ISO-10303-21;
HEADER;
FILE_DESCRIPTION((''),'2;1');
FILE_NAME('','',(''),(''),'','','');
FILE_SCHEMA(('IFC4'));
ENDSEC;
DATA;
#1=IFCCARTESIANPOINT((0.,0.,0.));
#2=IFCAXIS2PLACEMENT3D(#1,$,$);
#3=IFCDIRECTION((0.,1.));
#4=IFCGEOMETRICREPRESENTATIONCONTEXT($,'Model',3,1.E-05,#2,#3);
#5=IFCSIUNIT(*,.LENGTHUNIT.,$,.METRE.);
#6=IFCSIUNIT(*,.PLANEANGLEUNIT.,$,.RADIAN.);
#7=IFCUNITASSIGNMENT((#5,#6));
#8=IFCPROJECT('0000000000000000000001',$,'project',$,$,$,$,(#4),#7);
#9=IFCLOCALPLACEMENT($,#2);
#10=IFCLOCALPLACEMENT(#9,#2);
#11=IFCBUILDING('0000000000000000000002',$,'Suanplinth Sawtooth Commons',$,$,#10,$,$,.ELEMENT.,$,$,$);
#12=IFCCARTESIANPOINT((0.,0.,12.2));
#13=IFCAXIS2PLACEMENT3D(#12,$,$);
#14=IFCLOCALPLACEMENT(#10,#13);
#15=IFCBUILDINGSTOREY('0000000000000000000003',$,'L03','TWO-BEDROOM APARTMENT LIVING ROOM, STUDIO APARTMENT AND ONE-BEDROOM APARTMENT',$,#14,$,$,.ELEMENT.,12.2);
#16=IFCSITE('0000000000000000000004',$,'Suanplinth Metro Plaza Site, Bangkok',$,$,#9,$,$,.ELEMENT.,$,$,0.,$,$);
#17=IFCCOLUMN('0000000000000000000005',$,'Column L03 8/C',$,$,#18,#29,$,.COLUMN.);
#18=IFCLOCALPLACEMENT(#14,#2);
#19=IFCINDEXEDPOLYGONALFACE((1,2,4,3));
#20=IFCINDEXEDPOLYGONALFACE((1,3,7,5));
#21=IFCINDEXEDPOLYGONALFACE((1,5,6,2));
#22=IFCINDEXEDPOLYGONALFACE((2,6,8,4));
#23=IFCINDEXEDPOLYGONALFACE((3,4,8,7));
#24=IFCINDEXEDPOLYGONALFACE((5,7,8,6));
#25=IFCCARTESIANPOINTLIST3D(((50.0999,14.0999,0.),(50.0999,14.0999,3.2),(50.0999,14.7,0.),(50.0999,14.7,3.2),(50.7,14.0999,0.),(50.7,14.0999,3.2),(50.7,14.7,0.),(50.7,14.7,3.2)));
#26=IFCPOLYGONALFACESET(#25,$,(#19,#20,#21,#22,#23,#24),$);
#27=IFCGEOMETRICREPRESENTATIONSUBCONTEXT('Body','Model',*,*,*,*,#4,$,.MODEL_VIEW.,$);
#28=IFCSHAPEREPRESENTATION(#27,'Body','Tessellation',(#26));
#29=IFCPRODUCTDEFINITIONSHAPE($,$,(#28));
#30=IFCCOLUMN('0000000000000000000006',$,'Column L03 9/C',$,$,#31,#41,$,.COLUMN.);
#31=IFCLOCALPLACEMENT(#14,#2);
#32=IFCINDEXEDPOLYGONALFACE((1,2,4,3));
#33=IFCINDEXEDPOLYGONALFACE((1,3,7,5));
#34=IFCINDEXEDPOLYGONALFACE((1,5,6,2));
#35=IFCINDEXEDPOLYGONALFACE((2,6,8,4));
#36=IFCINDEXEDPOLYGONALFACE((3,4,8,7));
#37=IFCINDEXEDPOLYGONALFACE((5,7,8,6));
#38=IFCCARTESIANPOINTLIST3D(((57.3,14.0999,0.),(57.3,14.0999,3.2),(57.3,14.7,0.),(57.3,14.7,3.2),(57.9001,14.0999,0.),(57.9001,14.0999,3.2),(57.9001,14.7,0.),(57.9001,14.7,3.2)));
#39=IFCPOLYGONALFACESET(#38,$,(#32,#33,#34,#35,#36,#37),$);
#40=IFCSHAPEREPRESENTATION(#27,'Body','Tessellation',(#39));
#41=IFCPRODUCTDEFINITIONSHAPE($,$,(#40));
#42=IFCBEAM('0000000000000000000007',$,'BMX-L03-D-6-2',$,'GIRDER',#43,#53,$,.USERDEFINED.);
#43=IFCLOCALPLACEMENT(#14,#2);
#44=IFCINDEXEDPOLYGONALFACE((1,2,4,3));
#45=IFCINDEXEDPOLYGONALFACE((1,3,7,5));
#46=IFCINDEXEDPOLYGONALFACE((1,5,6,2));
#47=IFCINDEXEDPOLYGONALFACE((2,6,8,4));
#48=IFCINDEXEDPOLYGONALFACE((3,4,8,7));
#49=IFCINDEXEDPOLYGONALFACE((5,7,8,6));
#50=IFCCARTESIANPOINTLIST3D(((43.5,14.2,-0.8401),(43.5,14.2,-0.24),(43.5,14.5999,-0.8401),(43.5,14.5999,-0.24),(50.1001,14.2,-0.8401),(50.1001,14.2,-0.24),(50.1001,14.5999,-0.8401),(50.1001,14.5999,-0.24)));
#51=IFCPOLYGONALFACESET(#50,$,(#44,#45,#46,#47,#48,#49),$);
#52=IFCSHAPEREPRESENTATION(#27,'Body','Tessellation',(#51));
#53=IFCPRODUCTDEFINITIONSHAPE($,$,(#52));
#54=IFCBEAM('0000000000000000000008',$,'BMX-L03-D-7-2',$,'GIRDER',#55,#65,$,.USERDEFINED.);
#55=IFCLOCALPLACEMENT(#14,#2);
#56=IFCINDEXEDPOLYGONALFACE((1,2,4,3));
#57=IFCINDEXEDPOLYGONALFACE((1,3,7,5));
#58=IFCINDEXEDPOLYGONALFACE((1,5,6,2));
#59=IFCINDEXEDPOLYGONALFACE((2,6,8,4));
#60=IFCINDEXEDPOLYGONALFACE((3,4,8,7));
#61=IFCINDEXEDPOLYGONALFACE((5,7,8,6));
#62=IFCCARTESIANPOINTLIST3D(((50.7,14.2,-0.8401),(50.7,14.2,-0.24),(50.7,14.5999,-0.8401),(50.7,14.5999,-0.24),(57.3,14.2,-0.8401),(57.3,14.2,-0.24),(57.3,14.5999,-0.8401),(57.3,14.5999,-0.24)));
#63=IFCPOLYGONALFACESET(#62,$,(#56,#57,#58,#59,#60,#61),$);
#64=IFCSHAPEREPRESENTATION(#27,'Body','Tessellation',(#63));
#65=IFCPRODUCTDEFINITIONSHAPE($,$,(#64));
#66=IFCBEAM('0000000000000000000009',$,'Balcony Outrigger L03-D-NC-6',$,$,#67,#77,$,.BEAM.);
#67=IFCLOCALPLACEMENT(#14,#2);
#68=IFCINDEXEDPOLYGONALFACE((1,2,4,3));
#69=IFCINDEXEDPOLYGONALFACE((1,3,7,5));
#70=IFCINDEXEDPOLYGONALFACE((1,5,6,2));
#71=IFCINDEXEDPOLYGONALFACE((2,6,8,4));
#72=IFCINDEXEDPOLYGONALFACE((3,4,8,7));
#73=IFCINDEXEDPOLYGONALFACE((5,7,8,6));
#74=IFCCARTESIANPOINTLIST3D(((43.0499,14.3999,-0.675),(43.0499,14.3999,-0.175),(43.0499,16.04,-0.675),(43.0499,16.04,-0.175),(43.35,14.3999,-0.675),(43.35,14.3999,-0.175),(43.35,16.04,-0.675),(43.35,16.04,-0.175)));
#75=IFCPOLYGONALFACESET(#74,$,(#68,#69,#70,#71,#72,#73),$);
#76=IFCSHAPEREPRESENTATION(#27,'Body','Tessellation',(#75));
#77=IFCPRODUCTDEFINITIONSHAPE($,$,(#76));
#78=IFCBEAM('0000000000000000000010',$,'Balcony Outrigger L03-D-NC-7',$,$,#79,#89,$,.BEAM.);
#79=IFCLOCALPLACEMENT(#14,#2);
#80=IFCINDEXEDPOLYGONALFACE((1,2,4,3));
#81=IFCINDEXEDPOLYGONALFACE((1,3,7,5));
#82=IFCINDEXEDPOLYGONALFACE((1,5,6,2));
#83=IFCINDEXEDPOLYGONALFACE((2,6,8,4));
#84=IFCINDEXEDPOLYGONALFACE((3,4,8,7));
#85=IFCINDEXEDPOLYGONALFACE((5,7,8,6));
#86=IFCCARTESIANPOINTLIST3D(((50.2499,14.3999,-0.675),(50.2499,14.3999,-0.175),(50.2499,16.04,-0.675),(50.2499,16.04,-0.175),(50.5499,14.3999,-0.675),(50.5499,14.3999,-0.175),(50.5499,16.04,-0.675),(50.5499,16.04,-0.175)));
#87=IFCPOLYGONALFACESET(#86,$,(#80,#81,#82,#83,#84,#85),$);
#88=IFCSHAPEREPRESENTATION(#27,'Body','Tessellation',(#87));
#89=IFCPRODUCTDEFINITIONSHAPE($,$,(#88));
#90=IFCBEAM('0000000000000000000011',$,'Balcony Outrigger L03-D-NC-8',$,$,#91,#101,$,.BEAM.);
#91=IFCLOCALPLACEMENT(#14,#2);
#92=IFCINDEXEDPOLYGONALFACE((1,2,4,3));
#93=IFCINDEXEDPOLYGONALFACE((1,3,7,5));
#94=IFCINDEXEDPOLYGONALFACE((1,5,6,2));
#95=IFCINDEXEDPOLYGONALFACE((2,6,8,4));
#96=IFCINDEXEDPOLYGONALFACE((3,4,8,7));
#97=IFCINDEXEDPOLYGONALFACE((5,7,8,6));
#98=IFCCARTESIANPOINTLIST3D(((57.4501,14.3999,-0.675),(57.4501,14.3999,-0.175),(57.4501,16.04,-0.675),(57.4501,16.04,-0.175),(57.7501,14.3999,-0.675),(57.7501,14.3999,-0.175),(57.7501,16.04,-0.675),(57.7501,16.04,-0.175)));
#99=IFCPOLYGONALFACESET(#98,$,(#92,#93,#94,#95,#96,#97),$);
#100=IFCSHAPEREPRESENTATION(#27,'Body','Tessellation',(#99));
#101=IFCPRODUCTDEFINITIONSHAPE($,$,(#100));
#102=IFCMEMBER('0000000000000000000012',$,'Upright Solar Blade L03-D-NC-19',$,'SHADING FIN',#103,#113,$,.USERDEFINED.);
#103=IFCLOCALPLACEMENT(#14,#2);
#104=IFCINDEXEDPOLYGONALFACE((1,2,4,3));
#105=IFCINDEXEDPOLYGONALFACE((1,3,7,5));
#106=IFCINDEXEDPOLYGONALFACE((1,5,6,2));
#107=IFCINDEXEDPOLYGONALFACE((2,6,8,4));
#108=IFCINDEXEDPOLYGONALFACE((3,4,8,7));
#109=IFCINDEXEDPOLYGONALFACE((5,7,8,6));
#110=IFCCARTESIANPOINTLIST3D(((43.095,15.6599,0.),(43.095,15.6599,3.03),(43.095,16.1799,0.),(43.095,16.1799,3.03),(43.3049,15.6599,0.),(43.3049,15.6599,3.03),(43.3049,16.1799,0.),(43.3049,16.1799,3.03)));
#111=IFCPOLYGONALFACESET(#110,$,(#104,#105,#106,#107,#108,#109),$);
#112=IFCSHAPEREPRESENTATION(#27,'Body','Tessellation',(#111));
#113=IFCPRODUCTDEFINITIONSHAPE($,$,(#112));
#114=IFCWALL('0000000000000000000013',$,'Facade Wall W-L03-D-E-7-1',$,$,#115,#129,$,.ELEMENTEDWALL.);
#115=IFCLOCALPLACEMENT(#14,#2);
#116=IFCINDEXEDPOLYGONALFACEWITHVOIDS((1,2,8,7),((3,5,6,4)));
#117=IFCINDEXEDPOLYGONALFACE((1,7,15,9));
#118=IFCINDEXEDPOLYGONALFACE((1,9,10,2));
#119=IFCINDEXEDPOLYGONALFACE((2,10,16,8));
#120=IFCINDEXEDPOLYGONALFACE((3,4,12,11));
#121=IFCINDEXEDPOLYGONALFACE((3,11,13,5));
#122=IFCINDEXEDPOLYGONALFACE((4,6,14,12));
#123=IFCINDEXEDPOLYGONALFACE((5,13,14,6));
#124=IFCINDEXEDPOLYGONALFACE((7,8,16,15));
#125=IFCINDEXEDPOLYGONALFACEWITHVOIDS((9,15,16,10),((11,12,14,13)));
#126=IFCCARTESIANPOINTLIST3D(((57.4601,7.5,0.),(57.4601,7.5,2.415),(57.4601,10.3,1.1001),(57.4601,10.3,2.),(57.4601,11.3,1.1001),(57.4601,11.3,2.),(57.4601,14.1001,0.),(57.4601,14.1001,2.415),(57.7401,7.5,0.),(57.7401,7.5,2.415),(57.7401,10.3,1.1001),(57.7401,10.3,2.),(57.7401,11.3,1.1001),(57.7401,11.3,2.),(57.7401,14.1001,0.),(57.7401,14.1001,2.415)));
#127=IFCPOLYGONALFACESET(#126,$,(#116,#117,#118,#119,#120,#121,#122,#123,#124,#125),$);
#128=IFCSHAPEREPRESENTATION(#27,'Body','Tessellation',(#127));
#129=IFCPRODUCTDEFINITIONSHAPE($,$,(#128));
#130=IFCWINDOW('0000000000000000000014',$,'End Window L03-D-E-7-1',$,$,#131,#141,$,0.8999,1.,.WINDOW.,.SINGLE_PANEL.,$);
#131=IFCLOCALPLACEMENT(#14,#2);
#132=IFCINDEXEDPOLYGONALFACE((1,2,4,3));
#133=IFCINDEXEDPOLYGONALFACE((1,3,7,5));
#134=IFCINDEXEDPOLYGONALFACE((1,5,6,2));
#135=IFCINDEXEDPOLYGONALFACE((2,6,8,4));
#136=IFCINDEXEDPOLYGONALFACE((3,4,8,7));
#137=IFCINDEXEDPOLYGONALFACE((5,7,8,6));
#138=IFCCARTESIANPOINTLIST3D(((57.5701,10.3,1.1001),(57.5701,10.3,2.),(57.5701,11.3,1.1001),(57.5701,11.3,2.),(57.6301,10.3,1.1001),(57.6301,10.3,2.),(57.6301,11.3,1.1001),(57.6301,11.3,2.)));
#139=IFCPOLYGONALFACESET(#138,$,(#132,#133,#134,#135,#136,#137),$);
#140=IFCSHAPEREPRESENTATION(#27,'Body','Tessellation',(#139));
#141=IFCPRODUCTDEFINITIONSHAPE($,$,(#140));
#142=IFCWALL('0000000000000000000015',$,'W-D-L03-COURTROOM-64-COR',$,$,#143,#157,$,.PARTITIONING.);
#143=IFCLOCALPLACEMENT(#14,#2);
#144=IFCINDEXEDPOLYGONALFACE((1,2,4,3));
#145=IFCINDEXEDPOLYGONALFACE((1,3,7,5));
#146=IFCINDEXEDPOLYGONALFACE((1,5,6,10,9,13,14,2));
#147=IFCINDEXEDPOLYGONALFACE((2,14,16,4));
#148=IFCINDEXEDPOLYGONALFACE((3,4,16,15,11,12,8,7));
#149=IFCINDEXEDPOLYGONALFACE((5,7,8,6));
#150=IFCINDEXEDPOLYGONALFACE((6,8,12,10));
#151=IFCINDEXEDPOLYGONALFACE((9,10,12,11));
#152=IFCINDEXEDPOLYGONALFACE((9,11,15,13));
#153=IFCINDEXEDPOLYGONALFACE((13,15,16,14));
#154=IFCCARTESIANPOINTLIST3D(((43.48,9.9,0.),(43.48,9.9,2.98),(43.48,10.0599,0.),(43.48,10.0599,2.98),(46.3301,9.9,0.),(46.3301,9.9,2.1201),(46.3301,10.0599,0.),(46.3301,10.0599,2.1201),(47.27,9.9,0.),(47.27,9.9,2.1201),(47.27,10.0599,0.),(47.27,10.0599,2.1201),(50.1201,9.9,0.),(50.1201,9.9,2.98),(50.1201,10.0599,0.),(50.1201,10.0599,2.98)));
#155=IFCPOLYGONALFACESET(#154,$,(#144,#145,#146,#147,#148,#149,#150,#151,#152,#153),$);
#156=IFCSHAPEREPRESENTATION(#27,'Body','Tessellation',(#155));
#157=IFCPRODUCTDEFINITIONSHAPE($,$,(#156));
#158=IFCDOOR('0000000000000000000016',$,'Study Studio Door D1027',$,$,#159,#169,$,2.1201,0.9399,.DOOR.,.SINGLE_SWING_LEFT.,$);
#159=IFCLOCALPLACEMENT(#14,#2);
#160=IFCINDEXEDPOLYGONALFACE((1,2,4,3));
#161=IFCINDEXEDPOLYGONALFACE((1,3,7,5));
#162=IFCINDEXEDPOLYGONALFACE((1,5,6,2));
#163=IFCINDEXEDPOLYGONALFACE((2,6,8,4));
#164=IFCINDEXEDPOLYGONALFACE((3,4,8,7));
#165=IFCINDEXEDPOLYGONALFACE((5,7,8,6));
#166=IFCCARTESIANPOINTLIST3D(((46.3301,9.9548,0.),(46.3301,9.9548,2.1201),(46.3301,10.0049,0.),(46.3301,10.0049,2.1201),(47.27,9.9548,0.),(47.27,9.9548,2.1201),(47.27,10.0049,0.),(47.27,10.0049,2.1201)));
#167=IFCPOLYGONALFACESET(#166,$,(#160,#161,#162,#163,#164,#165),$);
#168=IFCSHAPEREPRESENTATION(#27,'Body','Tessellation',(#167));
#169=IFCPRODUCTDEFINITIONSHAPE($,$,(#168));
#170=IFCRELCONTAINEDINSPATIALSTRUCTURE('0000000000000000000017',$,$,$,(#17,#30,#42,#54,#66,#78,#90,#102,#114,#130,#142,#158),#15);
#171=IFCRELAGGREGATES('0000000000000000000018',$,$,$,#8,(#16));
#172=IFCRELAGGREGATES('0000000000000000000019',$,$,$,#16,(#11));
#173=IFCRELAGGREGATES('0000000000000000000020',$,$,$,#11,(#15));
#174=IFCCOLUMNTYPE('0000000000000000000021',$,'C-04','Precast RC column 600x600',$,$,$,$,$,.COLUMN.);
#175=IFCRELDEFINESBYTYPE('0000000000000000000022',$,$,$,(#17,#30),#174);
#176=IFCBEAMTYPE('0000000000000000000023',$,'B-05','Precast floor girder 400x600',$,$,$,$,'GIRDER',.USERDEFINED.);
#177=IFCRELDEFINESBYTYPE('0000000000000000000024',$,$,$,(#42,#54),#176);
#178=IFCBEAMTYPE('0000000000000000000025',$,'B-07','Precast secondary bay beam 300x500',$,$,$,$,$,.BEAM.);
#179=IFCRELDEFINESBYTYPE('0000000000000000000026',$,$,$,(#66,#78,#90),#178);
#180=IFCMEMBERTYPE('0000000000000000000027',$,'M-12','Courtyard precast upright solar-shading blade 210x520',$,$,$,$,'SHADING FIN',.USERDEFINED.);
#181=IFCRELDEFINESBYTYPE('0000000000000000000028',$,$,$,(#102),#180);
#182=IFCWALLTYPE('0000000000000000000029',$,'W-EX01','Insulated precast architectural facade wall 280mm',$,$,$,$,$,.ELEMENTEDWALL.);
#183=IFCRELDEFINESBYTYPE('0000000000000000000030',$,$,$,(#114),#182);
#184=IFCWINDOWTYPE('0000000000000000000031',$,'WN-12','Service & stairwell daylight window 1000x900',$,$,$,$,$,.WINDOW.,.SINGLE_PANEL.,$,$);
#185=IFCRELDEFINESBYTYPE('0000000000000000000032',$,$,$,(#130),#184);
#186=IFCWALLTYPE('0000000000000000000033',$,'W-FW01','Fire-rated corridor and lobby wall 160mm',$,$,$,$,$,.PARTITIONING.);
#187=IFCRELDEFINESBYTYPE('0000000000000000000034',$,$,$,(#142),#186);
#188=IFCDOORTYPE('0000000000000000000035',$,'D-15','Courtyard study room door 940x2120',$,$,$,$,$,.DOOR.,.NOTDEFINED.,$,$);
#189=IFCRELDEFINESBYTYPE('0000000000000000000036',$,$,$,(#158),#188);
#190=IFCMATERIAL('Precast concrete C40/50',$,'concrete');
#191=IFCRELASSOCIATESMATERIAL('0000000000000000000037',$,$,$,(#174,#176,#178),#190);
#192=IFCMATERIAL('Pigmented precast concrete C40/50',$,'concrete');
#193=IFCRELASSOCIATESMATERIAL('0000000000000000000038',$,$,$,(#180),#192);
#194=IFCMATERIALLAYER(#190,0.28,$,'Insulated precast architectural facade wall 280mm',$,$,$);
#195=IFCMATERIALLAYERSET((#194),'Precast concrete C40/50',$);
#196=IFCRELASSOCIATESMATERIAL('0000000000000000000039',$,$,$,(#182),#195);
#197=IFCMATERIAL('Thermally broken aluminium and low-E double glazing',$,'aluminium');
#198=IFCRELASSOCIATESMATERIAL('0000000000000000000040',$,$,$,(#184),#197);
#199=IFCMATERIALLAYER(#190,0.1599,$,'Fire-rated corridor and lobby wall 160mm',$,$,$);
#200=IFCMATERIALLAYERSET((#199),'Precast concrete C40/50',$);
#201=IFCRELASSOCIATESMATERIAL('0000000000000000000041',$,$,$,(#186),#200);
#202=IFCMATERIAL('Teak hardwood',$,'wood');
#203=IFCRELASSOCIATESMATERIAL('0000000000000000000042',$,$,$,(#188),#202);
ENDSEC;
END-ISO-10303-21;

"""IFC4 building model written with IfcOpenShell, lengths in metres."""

from ifc_helpers import new_model, si_unit, direction, frame, frame_2d, origin, origin_2d, place, context, subcontext, project, spatial, rectangle, extrude, material, layer, layer_set, material_profile, profile_set, type_object, element, fill, save


model = new_model("IFC4")

# Units and contexts
model_context = context("Model", 3, precision=1e-05, world=origin(), true_north=direction((0.0, 1.0)))
body_context = subcontext(model_context, "Body", "Model", "MODEL_VIEW")
ifc_project = project(units=[si_unit("LENGTHUNIT", "METRE"), si_unit("PLANEANGLEUNIT", "RADIAN")], contexts=[model_context])

# Site, building, storey
site_placement = place(None, origin())
site = spatial("IfcSite", under=ifc_project, at=site_placement, Name="Suanplinth Metro Plaza Site, Bangkok", CompositionType="ELEMENT", RefElevation=0.0)
building_placement = place(site_placement, origin())
building = spatial("IfcBuilding", under=site, at=building_placement, Name="Suanplinth Sawtooth Commons", CompositionType="ELEMENT")
storey_placement = place(building_placement, frame((0.0, 0.0, 12.2)))
storey = spatial("IfcBuildingStorey", under=building, at=storey_placement, Name="L03", Description="TWO-BEDROOM APARTMENT LIVING ROOM, STUDIO APARTMENT AND ONE-BEDROOM APARTMENT", CompositionType="ELEMENT", Elevation=12.2)

# Columns
ifc_material_1 = material(Name="Precast concrete C40/50", Category="concrete")
ifc_material_profile_1 = material_profile(ifc_material_1, rectangle(XDim=0.6001, YDim=0.6001, at=origin_2d()), Name="PC-COL 600x600")
ifc_profile_set_1 = profile_set([ifc_material_profile_1], Name="Precast concrete C40/50")
column_type = type_object("IfcColumnType", Name="C-04", Description="Precast RC column 600x600", PredefinedType="COLUMN", material=ifc_profile_set_1)
for number, where, z_axis, x_axis, name in (
    (1, (50.3999, 14.3999, 0.0), (0.0, 0.0, 1.0), (1.0, 0.0, 0.0), "Column L03 8/C"),
    (2, (57.6001, 14.3999, 0.0), (0.0, 0.0, 1.0), (1.0, 0.0, 0.0), "Column L03 9/C"),
):
    element("IfcColumn", number, at=place(storey_placement, frame(where, z_axis=z_axis, x_axis=x_axis)), inside=storey, type_object=column_type, Name=name, PredefinedType="COLUMN", context=body_context, shape_type="SweptSolid", body=[
        extrude(rectangle(XDim=0.6001, YDim=0.6001, at=origin_2d()), origin(), (0.0, 0.0, 1.0), 3.2),
    ])

# Beams
ifc_material_profile_2 = material_profile(ifc_material_1, rectangle(XDim=0.3999, YDim=0.6001, at=origin_2d()), Name="PC-GDR 400x600")
ifc_profile_set_2 = profile_set([ifc_material_profile_2], Name="Precast concrete C40/50")
beam_type_1 = type_object("IfcBeamType", Name="B-05", Description="Precast floor girder 400x600", ElementType="GIRDER", PredefinedType="USERDEFINED", material=ifc_profile_set_2)
for number, where, z_axis, x_axis, name in (
    (3, (43.5, 14.3999, -0.54), (1.0, 0.0, 0.0), (0.0, 1.0, 0.0), "BMX-L03-D-6-2"),
    (4, (50.7, 14.3999, -0.54), (1.0, 0.0, 0.0), (0.0, 1.0, 0.0), "BMX-L03-D-7-2"),
):
    element("IfcBeam", number, at=place(storey_placement, frame(where, z_axis=z_axis, x_axis=x_axis)), inside=storey, type_object=beam_type_1, Name=name, ObjectType="GIRDER", PredefinedType="USERDEFINED", context=body_context, shape_type="SweptSolid", body=[
        extrude(rectangle(XDim=0.3999, YDim=0.6001, at=origin_2d()), origin(), (0.0, 0.0, 1.0), 6.6001),
    ])
ifc_material_profile_3 = material_profile(ifc_material_1, rectangle(XDim=0.3, YDim=0.5, at=origin_2d()), Name="PC-BM 300x500")
ifc_profile_set_3 = profile_set([ifc_material_profile_3], Name="Precast concrete C40/50")
beam_type_2 = type_object("IfcBeamType", Name="B-07", Description="Precast secondary bay beam 300x500", PredefinedType="BEAM", material=ifc_profile_set_3)
for number, where, z_axis, x_axis, name in (
    (5, (43.2, 14.3999, -0.425), (0.0, 1.0, 0.0), (-1.0, 0.0, 0.0), "Balcony Outrigger L03-D-NC-6"),
    (6, (50.3999, 14.3999, -0.425), (0.0, 1.0, 0.0), (-1.0, 0.0, 0.0), "Balcony Outrigger L03-D-NC-7"),
    (7, (57.6001, 14.3999, -0.425), (0.0, 1.0, 0.0), (-1.0, 0.0, 0.0), "Balcony Outrigger L03-D-NC-8"),
):
    element("IfcBeam", number, at=place(storey_placement, frame(where, z_axis=z_axis, x_axis=x_axis)), inside=storey, type_object=beam_type_2, Name=name, PredefinedType="BEAM", context=body_context, shape_type="SweptSolid", body=[
        extrude(rectangle(XDim=0.3, YDim=0.5, at=origin_2d()), origin(), (0.0, 0.0, 1.0), 1.6401),
    ])

# Member
ifc_material_2 = material(Name="Pigmented precast concrete C40/50", Category="concrete")
ifc_material_profile_4 = material_profile(ifc_material_2, rectangle(XDim=0.21, YDim=0.52, at=origin_2d()), Name="PC-FIN 210x520")
ifc_profile_set_4 = profile_set([ifc_material_profile_4], Name="Pigmented precast concrete C40/50")
member_type = type_object("IfcMemberType", Name="M-12", Description="Courtyard precast upright solar-shading blade 210x520", ElementType="SHADING FIN", PredefinedType="USERDEFINED", material=ifc_profile_set_4)
member_placement = place(storey_placement, frame((43.2, 15.9199, 0.0), z_axis=(0.0, 0.0, 1.0), x_axis=(1.0, 0.0, 0.0)))
element("IfcMember", 8, at=member_placement, inside=storey, type_object=member_type, Name="Upright Solar Blade L03-D-NC-19", ObjectType="SHADING FIN", PredefinedType="USERDEFINED", context=body_context, shape_type="SweptSolid", body=[
    extrude(rectangle(XDim=0.21, YDim=0.52, at=origin_2d()), origin(), (0.0, 0.0, 1.0), 3.03),
])

# Shared definitions
ifc_layer_1 = layer(ifc_material_1, 0.28, Name="Insulated precast architectural facade wall 280mm")
ifc_layer_set_1 = layer_set([ifc_layer_1], Name="Precast concrete C40/50")
wall_type_1 = type_object("IfcWallType", Name="W-EX01", Description="Insulated precast architectural facade wall 280mm", PredefinedType="ELEMENTEDWALL", material=ifc_layer_set_1)
ifc_material_3 = material(Name="Thermally broken aluminium and low-E double glazing", Category="aluminium")

# Wall, opening, window
wall_1_placement = place(storey_placement, frame((57.6001, 7.5, 0.0), z_axis=(0.0, 0.0, 1.0), x_axis=(0.0, 1.0, 0.0)))
wall_1 = element("IfcWall", 9, at=wall_1_placement, inside=storey, type_object=wall_type_1, Name="Facade Wall W-L03-D-E-7-1", PredefinedType="ELEMENTEDWALL", context=body_context, shape_type="SweptSolid", body=[
    extrude(rectangle(XDim=6.6001, YDim=0.28, at=frame_2d((3.3, 0.0))), origin(), (0.0, 0.0, 1.0), 2.415),
])
opening_1_placement = place(wall_1_placement, frame((2.8, 0.0, 1.1001)))
opening_1 = element("IfcOpeningElement", 10, at=opening_1_placement, cuts=wall_1, PredefinedType="OPENING", context=body_context, shape_type="SweptSolid", body=[
    extrude(rectangle(XDim=1.0, YDim=0.8999, at=frame_2d((0.5, 0.45))), frame((0.0, 0.1548, 0.0), z_axis=(0.0, -1.0, 0.0), x_axis=(1.0, 0.0, 0.0)), (0.0, 0.0, 1.0), 0.3098),
])
window_type_1 = type_object("IfcWindowType", Name="WN-12", Description="Service & stairwell daylight window 1000x900", PartitioningType="SINGLE_PANEL", PredefinedType="WINDOW", material=ifc_material_3)
window_1_placement = place(opening_1_placement, origin())
window_1 = element("IfcWindow", 11, at=window_1_placement, inside=storey, type_object=window_type_1, Name="End Window L03-D-E-7-1", OverallHeight=0.8999, OverallWidth=1.0, PartitioningType="SINGLE_PANEL", PredefinedType="WINDOW", context=body_context, shape_type="SweptSolid", body=[
    extrude(rectangle(XDim=1.0, YDim=0.8999, at=frame_2d((0.5, 0.45))), frame((0.0, 0.03, 0.0), z_axis=(0.0, -1.0, 0.0), x_axis=(1.0, 0.0, 0.0)), (0.0, 0.0, 1.0), 0.0601),
])
fill(opening_1, window_1)

# Wall, opening, door
ifc_layer_2 = layer(ifc_material_1, 0.1599, Name="Fire-rated corridor and lobby wall 160mm")
ifc_layer_set_2 = layer_set([ifc_layer_2], Name="Precast concrete C40/50")
wall_type_2 = type_object("IfcWallType", Name="W-FW01", Description="Fire-rated corridor and lobby wall 160mm", PredefinedType="PARTITIONING", material=ifc_layer_set_2)
wall_2_placement = place(storey_placement, frame((43.48, 9.98, 0.0), z_axis=(0.0, 0.0, 1.0), x_axis=(1.0, 0.0, 0.0)))
wall_2 = element("IfcWall", 12, at=wall_2_placement, inside=storey, type_object=wall_type_2, Name="W-D-L03-COURTROOM-64-COR", PredefinedType="PARTITIONING", context=body_context, shape_type="SweptSolid", body=[
    extrude(rectangle(XDim=6.6401, YDim=0.1599, at=frame_2d((3.3201, 0.0))), origin(), (0.0, 0.0, 1.0), 2.98),
])
opening_2_placement = place(wall_2_placement, frame((2.8501, 0.0, 0.0)))
opening_2 = element("IfcOpeningElement", 13, at=opening_2_placement, cuts=wall_2, PredefinedType="OPENING", context=body_context, shape_type="SweptSolid", body=[
    extrude(rectangle(XDim=0.9399, YDim=2.1201, at=frame_2d((0.47, 1.0601))), frame((0.0, 0.0947, 0.0), z_axis=(0.0, -1.0, 0.0), x_axis=(1.0, 0.0, 0.0)), (0.0, 0.0, 1.0), 0.1897),
])
ifc_material_4 = material(Name="Teak hardwood", Category="wood")
door_type_1 = type_object("IfcDoorType", Name="D-15", Description="Courtyard study room door 940x2120", OperationType="NOTDEFINED", PredefinedType="DOOR", material=ifc_material_4)
door_1_placement = place(opening_2_placement, origin())
door_1 = element("IfcDoor", 14, at=door_1_placement, inside=storey, type_object=door_type_1, Name="Study Studio Door D1027", OperationType="SINGLE_SWING_LEFT", OverallHeight=2.1201, OverallWidth=0.9399, PredefinedType="DOOR", context=body_context, shape_type="SweptSolid", body=[
    extrude(rectangle(XDim=0.9399, YDim=2.1201, at=frame_2d((0.47, 1.0601))), frame((0.0, 0.0249, 0.0), z_axis=(0.0, -1.0, 0.0), x_axis=(1.0, 0.0, 0.0)), (0.0, 0.0, 1.0), 0.05),
])
fill(opening_2, door_1)

save(model, "model.ifc")
